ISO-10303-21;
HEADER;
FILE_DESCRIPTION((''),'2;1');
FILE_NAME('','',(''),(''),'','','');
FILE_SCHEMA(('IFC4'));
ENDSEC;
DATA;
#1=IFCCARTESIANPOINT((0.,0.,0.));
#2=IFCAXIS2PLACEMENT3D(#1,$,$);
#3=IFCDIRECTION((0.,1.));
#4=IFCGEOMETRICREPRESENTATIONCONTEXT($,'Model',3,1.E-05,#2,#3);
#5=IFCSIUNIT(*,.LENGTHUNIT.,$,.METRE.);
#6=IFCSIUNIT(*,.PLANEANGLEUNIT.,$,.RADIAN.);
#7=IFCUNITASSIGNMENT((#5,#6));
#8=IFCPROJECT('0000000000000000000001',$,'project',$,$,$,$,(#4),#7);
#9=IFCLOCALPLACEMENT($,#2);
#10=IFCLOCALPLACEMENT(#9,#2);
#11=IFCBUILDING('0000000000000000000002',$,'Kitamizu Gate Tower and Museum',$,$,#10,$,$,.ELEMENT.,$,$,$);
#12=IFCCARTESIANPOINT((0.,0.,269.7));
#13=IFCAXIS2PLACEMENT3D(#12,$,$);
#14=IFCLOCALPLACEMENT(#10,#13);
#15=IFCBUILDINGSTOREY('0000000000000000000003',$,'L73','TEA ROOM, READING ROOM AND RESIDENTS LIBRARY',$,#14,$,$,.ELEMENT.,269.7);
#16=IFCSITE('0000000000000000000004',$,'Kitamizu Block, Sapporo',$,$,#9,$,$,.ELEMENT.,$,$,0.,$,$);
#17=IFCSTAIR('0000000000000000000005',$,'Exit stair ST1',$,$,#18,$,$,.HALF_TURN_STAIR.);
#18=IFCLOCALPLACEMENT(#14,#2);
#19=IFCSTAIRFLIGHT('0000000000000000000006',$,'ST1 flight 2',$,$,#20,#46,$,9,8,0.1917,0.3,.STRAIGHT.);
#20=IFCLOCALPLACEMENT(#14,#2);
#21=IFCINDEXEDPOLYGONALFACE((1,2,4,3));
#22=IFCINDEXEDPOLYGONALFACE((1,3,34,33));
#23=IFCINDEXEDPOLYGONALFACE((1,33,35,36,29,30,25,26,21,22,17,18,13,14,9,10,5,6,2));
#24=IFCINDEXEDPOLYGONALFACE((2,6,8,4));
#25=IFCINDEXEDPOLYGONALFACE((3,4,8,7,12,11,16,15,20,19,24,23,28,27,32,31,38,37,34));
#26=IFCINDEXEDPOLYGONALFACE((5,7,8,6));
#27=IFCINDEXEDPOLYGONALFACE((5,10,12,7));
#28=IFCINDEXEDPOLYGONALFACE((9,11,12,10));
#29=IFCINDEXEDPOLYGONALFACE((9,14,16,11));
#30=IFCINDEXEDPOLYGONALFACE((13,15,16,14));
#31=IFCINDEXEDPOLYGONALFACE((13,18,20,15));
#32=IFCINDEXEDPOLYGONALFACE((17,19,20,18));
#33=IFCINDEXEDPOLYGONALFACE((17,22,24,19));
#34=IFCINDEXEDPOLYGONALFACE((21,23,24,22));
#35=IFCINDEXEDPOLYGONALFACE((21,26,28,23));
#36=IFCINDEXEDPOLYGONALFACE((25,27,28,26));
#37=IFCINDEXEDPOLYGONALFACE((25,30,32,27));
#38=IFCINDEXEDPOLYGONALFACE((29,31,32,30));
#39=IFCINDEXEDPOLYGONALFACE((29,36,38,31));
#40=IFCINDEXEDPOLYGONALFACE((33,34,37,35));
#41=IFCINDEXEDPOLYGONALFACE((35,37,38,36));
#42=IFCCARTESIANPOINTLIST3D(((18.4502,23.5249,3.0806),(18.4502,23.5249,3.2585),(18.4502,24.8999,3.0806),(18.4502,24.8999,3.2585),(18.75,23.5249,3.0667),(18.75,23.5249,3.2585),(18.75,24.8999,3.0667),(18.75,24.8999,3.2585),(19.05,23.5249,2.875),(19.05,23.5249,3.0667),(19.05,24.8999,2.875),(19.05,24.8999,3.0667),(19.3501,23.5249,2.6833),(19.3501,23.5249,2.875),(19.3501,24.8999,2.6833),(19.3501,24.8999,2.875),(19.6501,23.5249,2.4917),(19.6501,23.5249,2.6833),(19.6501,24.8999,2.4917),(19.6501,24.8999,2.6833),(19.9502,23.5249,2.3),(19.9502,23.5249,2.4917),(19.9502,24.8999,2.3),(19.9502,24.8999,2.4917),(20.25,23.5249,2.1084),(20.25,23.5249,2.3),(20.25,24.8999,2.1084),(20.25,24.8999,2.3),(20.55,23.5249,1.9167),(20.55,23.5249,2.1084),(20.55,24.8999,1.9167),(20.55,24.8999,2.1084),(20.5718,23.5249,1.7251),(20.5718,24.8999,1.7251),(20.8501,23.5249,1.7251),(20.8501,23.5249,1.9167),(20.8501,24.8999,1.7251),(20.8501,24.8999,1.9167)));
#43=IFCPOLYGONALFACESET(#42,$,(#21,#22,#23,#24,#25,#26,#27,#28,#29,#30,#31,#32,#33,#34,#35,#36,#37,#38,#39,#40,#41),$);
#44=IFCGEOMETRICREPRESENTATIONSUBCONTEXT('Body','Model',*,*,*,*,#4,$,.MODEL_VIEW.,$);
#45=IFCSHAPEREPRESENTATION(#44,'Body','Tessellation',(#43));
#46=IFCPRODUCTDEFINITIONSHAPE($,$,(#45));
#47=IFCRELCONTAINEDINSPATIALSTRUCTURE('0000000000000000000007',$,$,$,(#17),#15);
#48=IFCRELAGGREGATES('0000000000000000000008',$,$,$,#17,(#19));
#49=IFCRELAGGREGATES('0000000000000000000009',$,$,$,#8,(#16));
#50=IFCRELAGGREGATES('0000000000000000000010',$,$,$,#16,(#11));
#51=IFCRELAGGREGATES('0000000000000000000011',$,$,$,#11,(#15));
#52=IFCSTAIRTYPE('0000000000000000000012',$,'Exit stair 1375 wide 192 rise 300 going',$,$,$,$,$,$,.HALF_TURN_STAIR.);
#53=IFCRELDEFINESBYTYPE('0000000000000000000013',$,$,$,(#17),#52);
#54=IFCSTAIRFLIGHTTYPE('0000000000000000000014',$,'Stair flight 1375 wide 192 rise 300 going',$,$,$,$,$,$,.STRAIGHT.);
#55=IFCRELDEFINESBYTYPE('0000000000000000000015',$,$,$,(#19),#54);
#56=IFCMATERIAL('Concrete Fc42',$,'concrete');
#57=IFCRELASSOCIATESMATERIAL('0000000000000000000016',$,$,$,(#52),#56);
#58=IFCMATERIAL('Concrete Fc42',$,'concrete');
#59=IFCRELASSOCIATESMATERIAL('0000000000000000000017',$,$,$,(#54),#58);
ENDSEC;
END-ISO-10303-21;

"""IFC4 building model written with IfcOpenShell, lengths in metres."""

from ifc_helpers import new_model, si_unit, direction, frame, origin, place, context, subcontext, project, spatial, polyline, outline, extrude, material, type_object, element, aggregate, save


model = new_model("IFC4")

# Units and contexts
model_context = context("Model", 3, precision=1e-05, world=origin(), true_north=direction((0.0, 1.0)))
body_context = subcontext(model_context, "Body", "Model", "MODEL_VIEW")
ifc_project = project(units=[si_unit("LENGTHUNIT", "METRE"), si_unit("PLANEANGLEUNIT", "RADIAN")], contexts=[model_context])

# Site, building, storey
site_placement = place(None, origin())
site = spatial("IfcSite", under=ifc_project, at=site_placement, Name="Kitamizu Block, Sapporo", CompositionType="ELEMENT", RefElevation=0.0)
building_placement = place(site_placement, origin())
building = spatial("IfcBuilding", under=site, at=building_placement, Name="Kitamizu Gate Tower and Museum", CompositionType="ELEMENT")
storey_placement = place(building_placement, frame((0.0, 0.0, 269.7)))
storey = spatial("IfcBuildingStorey", under=building, at=storey_placement, Name="L73", Description="TEA ROOM, READING ROOM AND RESIDENTS LIBRARY", CompositionType="ELEMENT", Elevation=269.7)

# Stair, stair flight
ifc_material_1 = material(Name="Concrete Fc42", Category="concrete")
stair_type = type_object("IfcStairType", Name="Exit stair 1375 wide 192 rise 300 going", PredefinedType="HALF_TURN_STAIR", material=ifc_material_1)
stair_placement = place(storey_placement, origin())
stair = element("IfcStair", 1, at=stair_placement, inside=storey, type_object=stair_type, Name="Exit stair ST1", PredefinedType="HALF_TURN_STAIR")
ifc_material_2 = material(Name="Concrete Fc42", Category="concrete")
stair_flight_type = type_object("IfcStairFlightType", Name="Stair flight 1375 wide 192 rise 300 going", PredefinedType="STRAIGHT", material=ifc_material_2)
stair_flight_1_placement = place(storey_placement, frame((20.8501, 24.2124, 1.7251), z_axis=(0.0, 0.0, 1.0), x_axis=(-1.0, 0.0, 0.0)))
stair_flight_1 = element("IfcStairFlight", 2, at=stair_flight_1_placement, type_object=stair_flight_type, Name="ST1 flight 2", NumberOfRisers=9, NumberOfTreads=8, PredefinedType="STRAIGHT", RiserHeight=0.1917, TreadLength=0.3, context=body_context, shape_type="SweptSolid", body=[
    extrude(outline(polyline([(0.0, 0.0), (0.0, 0.1917), (0.3, 0.1917), (0.3, 0.3833), (0.6001, 0.3833), (0.6001, 0.575), (0.8999, 0.575), (0.8999, 0.7666), (1.2, 0.7666), (1.2, 0.9583), (1.5, 0.9583), (1.5, 1.1499), (1.8, 1.1499), (1.8, 1.3416), (2.1001, 1.3416), (2.1001, 1.5334), (2.3999, 1.5334), (2.3999, 1.7251), (2.3999, 1.3555), (0.2783, 0.0), (0.0, 0.0)])), frame((0.0, 0.6875, 0.0), z_axis=(0.0, -1.0, 0.0), x_axis=(1.0, 0.0, 0.0)), (0.0, 0.0, 1.0), 1.375),
])
aggregate(stair, [stair_flight_1])

save(model, "model.ifc")
